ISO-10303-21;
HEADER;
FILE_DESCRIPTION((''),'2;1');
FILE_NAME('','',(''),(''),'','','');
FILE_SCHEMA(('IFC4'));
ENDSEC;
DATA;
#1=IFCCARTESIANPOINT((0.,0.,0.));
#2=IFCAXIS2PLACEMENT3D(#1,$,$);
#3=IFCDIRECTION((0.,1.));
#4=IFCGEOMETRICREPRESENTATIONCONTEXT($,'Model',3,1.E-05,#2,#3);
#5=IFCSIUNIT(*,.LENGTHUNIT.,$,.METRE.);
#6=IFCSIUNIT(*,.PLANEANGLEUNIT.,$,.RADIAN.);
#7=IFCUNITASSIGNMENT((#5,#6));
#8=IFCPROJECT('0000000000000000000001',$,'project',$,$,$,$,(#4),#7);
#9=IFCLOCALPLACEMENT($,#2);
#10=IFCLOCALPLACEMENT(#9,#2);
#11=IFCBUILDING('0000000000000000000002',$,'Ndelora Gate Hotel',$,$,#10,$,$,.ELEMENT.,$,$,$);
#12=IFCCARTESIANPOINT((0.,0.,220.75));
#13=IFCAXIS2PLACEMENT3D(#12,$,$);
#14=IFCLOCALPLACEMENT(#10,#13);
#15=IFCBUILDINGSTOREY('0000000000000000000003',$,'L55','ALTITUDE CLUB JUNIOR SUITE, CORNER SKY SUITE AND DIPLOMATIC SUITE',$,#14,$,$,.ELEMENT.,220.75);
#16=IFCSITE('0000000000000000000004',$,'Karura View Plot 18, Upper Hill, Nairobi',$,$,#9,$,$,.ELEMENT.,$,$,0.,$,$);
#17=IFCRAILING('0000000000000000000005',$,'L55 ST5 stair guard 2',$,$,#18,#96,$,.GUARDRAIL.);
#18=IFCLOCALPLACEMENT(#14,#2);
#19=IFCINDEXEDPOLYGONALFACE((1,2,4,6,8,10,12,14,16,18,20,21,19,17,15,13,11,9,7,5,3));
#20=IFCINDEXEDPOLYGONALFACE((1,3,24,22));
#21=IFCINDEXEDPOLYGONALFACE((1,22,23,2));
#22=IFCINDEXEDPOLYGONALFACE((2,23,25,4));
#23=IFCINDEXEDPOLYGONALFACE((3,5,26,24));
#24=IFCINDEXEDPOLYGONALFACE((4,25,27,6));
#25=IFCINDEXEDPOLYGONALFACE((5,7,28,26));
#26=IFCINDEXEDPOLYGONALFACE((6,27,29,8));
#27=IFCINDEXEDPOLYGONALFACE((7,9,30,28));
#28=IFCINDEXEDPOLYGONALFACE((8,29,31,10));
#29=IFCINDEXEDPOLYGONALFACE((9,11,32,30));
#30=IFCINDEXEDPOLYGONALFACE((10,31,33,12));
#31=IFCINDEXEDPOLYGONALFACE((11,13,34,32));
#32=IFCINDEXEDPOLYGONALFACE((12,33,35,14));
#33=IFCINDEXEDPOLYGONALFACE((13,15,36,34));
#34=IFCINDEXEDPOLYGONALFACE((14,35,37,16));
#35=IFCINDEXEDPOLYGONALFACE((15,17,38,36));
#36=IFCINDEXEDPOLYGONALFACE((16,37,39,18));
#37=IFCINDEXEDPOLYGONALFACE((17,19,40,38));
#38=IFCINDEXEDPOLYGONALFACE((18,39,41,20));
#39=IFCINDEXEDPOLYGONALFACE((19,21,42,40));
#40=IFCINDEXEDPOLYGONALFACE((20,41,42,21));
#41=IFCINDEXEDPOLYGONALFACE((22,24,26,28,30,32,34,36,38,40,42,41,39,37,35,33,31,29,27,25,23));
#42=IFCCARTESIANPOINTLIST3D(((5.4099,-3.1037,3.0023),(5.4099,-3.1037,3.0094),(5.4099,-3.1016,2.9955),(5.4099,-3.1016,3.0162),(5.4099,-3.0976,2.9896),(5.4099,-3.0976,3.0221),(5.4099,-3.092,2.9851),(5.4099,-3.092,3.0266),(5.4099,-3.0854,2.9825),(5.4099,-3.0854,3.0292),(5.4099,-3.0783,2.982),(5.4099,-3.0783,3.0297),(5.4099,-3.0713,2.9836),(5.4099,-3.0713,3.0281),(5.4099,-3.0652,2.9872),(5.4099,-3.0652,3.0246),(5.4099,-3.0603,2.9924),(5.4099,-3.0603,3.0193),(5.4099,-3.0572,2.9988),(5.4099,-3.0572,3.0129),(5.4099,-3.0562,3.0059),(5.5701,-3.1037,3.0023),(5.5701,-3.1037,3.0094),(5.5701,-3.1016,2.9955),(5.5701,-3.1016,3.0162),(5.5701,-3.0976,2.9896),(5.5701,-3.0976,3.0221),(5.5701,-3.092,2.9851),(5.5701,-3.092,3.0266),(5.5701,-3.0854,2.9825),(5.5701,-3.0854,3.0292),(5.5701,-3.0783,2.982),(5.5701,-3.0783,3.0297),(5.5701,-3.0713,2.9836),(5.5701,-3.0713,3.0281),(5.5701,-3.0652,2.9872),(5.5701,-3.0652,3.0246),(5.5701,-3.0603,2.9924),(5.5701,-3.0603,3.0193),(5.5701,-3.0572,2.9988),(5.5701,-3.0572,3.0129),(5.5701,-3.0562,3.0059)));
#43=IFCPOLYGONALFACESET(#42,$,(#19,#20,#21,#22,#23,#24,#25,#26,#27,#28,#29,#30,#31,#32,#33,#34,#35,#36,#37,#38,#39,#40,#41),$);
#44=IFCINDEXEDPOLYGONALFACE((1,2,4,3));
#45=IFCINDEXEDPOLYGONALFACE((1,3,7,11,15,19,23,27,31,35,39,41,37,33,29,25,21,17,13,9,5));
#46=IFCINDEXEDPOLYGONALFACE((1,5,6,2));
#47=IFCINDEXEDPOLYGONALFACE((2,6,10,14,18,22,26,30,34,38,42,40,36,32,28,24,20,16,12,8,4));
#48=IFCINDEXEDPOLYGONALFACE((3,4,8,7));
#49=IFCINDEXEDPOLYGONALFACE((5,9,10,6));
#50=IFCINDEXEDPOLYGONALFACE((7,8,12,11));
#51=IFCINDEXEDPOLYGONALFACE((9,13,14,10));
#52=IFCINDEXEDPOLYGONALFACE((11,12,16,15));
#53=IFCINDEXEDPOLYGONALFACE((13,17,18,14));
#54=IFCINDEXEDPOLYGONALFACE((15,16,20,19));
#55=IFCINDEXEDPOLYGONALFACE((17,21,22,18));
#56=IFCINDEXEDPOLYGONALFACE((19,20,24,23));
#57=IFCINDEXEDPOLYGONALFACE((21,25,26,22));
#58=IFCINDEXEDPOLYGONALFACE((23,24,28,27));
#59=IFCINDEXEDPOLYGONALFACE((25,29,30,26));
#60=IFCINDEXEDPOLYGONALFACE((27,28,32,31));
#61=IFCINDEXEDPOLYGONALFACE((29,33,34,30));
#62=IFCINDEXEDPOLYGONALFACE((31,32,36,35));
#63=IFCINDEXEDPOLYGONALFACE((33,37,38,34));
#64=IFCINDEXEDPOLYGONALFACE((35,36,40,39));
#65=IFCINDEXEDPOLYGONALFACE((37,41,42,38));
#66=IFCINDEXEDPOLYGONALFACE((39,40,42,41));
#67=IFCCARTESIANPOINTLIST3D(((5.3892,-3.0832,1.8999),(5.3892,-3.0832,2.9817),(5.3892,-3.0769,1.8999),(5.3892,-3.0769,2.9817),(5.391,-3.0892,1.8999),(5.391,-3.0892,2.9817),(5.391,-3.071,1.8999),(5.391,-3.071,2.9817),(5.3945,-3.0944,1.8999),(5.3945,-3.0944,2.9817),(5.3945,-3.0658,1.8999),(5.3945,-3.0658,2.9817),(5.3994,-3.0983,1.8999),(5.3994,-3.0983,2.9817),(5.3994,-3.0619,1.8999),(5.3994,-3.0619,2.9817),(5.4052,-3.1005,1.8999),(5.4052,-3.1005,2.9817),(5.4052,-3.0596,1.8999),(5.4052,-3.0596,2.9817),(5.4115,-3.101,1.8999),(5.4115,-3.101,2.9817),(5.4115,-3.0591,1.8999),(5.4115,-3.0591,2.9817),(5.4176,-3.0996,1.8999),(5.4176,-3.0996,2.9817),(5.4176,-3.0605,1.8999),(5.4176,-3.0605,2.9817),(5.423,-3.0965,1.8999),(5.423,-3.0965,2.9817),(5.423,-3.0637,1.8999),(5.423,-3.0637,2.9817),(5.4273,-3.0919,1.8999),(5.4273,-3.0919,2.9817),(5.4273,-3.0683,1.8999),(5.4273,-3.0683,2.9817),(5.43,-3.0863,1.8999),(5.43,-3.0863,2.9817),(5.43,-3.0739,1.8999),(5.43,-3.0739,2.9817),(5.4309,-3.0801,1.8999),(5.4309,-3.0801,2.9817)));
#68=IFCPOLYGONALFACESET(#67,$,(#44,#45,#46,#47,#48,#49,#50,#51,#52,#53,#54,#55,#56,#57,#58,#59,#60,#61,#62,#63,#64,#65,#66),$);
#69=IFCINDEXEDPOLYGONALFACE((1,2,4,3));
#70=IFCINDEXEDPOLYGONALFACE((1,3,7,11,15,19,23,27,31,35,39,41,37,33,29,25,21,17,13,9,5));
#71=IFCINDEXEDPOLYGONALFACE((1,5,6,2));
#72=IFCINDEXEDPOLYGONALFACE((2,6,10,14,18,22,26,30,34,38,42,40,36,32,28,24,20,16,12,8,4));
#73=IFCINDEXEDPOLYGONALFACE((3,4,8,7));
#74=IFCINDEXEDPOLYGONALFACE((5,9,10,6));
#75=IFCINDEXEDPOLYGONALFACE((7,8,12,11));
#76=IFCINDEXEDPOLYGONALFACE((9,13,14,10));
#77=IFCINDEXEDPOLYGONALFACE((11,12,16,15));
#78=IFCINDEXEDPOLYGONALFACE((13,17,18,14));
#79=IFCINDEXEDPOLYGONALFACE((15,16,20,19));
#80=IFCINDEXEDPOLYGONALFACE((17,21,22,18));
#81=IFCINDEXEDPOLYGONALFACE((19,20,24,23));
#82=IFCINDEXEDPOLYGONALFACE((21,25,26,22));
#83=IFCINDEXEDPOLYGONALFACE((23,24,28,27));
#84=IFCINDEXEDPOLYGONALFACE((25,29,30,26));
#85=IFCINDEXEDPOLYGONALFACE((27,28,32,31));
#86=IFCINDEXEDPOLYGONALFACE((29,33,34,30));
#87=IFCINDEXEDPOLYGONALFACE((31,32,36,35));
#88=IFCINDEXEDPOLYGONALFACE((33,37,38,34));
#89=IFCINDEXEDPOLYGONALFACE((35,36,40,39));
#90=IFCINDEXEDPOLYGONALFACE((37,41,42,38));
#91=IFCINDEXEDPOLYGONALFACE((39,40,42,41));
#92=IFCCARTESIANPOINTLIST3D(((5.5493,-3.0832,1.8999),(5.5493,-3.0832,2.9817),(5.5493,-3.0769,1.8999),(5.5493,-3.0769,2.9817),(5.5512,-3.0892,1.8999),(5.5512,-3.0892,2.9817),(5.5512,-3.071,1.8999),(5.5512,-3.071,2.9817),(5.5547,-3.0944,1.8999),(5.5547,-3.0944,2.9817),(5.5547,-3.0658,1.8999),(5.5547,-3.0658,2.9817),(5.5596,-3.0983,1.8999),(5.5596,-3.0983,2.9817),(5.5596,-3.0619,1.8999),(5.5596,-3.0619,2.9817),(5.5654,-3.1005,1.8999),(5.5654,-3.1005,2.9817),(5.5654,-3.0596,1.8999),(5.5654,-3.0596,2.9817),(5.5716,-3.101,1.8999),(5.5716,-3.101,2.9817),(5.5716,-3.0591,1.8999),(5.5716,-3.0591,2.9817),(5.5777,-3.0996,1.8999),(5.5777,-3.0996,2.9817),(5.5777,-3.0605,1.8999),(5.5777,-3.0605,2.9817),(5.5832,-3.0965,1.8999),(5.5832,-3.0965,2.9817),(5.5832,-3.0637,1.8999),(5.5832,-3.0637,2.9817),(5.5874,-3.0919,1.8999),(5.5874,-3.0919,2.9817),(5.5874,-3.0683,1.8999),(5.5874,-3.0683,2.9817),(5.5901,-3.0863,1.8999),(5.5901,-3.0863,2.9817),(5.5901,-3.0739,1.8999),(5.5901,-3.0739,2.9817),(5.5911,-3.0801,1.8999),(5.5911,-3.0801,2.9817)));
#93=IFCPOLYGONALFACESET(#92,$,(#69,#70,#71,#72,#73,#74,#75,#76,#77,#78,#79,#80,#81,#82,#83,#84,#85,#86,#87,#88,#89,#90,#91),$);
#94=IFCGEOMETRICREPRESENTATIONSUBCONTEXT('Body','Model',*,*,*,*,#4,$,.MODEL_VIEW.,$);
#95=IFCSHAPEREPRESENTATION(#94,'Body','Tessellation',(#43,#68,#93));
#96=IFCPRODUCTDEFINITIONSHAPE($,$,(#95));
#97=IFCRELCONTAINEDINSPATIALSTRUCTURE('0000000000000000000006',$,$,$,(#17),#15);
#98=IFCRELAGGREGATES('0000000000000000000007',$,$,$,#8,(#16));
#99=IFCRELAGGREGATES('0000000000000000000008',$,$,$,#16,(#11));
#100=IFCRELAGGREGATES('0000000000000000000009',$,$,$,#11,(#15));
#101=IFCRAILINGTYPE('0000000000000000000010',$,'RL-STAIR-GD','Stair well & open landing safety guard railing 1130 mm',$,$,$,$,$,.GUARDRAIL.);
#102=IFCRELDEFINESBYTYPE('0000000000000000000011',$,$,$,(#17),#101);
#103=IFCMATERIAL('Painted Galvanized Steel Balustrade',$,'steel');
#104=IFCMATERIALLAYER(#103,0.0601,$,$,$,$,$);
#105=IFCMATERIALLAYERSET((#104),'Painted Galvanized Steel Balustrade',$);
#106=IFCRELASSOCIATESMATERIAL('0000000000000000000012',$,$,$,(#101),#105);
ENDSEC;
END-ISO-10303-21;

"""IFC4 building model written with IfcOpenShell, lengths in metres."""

from ifc_helpers import new_model, si_unit, direction, frame, origin, origin_2d, place, context, subcontext, project, spatial, circle, extrude, material, layer, layer_set, type_object, element, save


model = new_model("IFC4")

# Units and contexts
model_context = context("Model", 3, precision=1e-05, world=origin(), true_north=direction((0.0, 1.0)))
body_context = subcontext(model_context, "Body", "Model", "MODEL_VIEW")
ifc_project = project(units=[si_unit("LENGTHUNIT", "METRE"), si_unit("PLANEANGLEUNIT", "RADIAN")], contexts=[model_context])

# Site, building, storey
site_placement = place(None, origin())
site = spatial("IfcSite", under=ifc_project, at=site_placement, Name="Karura View Plot 18, Upper Hill, Nairobi", CompositionType="ELEMENT", RefElevation=0.0)
building_placement = place(site_placement, origin())
building = spatial("IfcBuilding", under=site, at=building_placement, Name="Ndelora Gate Hotel", CompositionType="ELEMENT")
storey_placement = place(building_placement, frame((0.0, 0.0, 220.75)))
storey = spatial("IfcBuildingStorey", under=building, at=storey_placement, Name="L55", Description="ALTITUDE CLUB JUNIOR SUITE, CORNER SKY SUITE AND DIPLOMATIC SUITE", CompositionType="ELEMENT", Elevation=220.75)

# Railing
ifc_material_1 = material(Name="Painted Galvanized Steel Balustrade", Category="steel")
ifc_layer_1 = layer(ifc_material_1, 0.0601)
ifc_layer_set_1 = layer_set([ifc_layer_1], Name="Painted Galvanized Steel Balustrade")
railing_type_1 = type_object("IfcRailingType", Name="RL-STAIR-GD", Description="Stair well & open landing safety guard railing 1130 mm", PredefinedType="GUARDRAIL", material=ifc_layer_set_1)
railing_1_placement = place(storey_placement, frame((5.4099, -3.0801, 1.8999)))
element("IfcRailing", 1, at=railing_1_placement, inside=storey, type_object=railing_type_1, Name="L55 ST5 stair guard 2", PredefinedType="GUARDRAIL", context=body_context, shape_type="SweptSolid", body=[
    extrude(circle(Radius=0.0239, at=origin_2d()), frame((0.0, 0.0, 1.106), z_axis=(1.0, 0.0, 0.0), x_axis=(0.0, 1.0, 0.0)), (0.0, 0.0, 1.0), 0.1602),
    extrude(circle(Radius=0.021, at=origin_2d()), origin(), (0.0, 0.0, 1.0), 1.0818),
    extrude(circle(Radius=0.021, at=origin_2d()), frame((0.1602, 0.0, 0.0)), (0.0, 0.0, 1.0), 1.0818),
])

save(model, "model.ifc")
